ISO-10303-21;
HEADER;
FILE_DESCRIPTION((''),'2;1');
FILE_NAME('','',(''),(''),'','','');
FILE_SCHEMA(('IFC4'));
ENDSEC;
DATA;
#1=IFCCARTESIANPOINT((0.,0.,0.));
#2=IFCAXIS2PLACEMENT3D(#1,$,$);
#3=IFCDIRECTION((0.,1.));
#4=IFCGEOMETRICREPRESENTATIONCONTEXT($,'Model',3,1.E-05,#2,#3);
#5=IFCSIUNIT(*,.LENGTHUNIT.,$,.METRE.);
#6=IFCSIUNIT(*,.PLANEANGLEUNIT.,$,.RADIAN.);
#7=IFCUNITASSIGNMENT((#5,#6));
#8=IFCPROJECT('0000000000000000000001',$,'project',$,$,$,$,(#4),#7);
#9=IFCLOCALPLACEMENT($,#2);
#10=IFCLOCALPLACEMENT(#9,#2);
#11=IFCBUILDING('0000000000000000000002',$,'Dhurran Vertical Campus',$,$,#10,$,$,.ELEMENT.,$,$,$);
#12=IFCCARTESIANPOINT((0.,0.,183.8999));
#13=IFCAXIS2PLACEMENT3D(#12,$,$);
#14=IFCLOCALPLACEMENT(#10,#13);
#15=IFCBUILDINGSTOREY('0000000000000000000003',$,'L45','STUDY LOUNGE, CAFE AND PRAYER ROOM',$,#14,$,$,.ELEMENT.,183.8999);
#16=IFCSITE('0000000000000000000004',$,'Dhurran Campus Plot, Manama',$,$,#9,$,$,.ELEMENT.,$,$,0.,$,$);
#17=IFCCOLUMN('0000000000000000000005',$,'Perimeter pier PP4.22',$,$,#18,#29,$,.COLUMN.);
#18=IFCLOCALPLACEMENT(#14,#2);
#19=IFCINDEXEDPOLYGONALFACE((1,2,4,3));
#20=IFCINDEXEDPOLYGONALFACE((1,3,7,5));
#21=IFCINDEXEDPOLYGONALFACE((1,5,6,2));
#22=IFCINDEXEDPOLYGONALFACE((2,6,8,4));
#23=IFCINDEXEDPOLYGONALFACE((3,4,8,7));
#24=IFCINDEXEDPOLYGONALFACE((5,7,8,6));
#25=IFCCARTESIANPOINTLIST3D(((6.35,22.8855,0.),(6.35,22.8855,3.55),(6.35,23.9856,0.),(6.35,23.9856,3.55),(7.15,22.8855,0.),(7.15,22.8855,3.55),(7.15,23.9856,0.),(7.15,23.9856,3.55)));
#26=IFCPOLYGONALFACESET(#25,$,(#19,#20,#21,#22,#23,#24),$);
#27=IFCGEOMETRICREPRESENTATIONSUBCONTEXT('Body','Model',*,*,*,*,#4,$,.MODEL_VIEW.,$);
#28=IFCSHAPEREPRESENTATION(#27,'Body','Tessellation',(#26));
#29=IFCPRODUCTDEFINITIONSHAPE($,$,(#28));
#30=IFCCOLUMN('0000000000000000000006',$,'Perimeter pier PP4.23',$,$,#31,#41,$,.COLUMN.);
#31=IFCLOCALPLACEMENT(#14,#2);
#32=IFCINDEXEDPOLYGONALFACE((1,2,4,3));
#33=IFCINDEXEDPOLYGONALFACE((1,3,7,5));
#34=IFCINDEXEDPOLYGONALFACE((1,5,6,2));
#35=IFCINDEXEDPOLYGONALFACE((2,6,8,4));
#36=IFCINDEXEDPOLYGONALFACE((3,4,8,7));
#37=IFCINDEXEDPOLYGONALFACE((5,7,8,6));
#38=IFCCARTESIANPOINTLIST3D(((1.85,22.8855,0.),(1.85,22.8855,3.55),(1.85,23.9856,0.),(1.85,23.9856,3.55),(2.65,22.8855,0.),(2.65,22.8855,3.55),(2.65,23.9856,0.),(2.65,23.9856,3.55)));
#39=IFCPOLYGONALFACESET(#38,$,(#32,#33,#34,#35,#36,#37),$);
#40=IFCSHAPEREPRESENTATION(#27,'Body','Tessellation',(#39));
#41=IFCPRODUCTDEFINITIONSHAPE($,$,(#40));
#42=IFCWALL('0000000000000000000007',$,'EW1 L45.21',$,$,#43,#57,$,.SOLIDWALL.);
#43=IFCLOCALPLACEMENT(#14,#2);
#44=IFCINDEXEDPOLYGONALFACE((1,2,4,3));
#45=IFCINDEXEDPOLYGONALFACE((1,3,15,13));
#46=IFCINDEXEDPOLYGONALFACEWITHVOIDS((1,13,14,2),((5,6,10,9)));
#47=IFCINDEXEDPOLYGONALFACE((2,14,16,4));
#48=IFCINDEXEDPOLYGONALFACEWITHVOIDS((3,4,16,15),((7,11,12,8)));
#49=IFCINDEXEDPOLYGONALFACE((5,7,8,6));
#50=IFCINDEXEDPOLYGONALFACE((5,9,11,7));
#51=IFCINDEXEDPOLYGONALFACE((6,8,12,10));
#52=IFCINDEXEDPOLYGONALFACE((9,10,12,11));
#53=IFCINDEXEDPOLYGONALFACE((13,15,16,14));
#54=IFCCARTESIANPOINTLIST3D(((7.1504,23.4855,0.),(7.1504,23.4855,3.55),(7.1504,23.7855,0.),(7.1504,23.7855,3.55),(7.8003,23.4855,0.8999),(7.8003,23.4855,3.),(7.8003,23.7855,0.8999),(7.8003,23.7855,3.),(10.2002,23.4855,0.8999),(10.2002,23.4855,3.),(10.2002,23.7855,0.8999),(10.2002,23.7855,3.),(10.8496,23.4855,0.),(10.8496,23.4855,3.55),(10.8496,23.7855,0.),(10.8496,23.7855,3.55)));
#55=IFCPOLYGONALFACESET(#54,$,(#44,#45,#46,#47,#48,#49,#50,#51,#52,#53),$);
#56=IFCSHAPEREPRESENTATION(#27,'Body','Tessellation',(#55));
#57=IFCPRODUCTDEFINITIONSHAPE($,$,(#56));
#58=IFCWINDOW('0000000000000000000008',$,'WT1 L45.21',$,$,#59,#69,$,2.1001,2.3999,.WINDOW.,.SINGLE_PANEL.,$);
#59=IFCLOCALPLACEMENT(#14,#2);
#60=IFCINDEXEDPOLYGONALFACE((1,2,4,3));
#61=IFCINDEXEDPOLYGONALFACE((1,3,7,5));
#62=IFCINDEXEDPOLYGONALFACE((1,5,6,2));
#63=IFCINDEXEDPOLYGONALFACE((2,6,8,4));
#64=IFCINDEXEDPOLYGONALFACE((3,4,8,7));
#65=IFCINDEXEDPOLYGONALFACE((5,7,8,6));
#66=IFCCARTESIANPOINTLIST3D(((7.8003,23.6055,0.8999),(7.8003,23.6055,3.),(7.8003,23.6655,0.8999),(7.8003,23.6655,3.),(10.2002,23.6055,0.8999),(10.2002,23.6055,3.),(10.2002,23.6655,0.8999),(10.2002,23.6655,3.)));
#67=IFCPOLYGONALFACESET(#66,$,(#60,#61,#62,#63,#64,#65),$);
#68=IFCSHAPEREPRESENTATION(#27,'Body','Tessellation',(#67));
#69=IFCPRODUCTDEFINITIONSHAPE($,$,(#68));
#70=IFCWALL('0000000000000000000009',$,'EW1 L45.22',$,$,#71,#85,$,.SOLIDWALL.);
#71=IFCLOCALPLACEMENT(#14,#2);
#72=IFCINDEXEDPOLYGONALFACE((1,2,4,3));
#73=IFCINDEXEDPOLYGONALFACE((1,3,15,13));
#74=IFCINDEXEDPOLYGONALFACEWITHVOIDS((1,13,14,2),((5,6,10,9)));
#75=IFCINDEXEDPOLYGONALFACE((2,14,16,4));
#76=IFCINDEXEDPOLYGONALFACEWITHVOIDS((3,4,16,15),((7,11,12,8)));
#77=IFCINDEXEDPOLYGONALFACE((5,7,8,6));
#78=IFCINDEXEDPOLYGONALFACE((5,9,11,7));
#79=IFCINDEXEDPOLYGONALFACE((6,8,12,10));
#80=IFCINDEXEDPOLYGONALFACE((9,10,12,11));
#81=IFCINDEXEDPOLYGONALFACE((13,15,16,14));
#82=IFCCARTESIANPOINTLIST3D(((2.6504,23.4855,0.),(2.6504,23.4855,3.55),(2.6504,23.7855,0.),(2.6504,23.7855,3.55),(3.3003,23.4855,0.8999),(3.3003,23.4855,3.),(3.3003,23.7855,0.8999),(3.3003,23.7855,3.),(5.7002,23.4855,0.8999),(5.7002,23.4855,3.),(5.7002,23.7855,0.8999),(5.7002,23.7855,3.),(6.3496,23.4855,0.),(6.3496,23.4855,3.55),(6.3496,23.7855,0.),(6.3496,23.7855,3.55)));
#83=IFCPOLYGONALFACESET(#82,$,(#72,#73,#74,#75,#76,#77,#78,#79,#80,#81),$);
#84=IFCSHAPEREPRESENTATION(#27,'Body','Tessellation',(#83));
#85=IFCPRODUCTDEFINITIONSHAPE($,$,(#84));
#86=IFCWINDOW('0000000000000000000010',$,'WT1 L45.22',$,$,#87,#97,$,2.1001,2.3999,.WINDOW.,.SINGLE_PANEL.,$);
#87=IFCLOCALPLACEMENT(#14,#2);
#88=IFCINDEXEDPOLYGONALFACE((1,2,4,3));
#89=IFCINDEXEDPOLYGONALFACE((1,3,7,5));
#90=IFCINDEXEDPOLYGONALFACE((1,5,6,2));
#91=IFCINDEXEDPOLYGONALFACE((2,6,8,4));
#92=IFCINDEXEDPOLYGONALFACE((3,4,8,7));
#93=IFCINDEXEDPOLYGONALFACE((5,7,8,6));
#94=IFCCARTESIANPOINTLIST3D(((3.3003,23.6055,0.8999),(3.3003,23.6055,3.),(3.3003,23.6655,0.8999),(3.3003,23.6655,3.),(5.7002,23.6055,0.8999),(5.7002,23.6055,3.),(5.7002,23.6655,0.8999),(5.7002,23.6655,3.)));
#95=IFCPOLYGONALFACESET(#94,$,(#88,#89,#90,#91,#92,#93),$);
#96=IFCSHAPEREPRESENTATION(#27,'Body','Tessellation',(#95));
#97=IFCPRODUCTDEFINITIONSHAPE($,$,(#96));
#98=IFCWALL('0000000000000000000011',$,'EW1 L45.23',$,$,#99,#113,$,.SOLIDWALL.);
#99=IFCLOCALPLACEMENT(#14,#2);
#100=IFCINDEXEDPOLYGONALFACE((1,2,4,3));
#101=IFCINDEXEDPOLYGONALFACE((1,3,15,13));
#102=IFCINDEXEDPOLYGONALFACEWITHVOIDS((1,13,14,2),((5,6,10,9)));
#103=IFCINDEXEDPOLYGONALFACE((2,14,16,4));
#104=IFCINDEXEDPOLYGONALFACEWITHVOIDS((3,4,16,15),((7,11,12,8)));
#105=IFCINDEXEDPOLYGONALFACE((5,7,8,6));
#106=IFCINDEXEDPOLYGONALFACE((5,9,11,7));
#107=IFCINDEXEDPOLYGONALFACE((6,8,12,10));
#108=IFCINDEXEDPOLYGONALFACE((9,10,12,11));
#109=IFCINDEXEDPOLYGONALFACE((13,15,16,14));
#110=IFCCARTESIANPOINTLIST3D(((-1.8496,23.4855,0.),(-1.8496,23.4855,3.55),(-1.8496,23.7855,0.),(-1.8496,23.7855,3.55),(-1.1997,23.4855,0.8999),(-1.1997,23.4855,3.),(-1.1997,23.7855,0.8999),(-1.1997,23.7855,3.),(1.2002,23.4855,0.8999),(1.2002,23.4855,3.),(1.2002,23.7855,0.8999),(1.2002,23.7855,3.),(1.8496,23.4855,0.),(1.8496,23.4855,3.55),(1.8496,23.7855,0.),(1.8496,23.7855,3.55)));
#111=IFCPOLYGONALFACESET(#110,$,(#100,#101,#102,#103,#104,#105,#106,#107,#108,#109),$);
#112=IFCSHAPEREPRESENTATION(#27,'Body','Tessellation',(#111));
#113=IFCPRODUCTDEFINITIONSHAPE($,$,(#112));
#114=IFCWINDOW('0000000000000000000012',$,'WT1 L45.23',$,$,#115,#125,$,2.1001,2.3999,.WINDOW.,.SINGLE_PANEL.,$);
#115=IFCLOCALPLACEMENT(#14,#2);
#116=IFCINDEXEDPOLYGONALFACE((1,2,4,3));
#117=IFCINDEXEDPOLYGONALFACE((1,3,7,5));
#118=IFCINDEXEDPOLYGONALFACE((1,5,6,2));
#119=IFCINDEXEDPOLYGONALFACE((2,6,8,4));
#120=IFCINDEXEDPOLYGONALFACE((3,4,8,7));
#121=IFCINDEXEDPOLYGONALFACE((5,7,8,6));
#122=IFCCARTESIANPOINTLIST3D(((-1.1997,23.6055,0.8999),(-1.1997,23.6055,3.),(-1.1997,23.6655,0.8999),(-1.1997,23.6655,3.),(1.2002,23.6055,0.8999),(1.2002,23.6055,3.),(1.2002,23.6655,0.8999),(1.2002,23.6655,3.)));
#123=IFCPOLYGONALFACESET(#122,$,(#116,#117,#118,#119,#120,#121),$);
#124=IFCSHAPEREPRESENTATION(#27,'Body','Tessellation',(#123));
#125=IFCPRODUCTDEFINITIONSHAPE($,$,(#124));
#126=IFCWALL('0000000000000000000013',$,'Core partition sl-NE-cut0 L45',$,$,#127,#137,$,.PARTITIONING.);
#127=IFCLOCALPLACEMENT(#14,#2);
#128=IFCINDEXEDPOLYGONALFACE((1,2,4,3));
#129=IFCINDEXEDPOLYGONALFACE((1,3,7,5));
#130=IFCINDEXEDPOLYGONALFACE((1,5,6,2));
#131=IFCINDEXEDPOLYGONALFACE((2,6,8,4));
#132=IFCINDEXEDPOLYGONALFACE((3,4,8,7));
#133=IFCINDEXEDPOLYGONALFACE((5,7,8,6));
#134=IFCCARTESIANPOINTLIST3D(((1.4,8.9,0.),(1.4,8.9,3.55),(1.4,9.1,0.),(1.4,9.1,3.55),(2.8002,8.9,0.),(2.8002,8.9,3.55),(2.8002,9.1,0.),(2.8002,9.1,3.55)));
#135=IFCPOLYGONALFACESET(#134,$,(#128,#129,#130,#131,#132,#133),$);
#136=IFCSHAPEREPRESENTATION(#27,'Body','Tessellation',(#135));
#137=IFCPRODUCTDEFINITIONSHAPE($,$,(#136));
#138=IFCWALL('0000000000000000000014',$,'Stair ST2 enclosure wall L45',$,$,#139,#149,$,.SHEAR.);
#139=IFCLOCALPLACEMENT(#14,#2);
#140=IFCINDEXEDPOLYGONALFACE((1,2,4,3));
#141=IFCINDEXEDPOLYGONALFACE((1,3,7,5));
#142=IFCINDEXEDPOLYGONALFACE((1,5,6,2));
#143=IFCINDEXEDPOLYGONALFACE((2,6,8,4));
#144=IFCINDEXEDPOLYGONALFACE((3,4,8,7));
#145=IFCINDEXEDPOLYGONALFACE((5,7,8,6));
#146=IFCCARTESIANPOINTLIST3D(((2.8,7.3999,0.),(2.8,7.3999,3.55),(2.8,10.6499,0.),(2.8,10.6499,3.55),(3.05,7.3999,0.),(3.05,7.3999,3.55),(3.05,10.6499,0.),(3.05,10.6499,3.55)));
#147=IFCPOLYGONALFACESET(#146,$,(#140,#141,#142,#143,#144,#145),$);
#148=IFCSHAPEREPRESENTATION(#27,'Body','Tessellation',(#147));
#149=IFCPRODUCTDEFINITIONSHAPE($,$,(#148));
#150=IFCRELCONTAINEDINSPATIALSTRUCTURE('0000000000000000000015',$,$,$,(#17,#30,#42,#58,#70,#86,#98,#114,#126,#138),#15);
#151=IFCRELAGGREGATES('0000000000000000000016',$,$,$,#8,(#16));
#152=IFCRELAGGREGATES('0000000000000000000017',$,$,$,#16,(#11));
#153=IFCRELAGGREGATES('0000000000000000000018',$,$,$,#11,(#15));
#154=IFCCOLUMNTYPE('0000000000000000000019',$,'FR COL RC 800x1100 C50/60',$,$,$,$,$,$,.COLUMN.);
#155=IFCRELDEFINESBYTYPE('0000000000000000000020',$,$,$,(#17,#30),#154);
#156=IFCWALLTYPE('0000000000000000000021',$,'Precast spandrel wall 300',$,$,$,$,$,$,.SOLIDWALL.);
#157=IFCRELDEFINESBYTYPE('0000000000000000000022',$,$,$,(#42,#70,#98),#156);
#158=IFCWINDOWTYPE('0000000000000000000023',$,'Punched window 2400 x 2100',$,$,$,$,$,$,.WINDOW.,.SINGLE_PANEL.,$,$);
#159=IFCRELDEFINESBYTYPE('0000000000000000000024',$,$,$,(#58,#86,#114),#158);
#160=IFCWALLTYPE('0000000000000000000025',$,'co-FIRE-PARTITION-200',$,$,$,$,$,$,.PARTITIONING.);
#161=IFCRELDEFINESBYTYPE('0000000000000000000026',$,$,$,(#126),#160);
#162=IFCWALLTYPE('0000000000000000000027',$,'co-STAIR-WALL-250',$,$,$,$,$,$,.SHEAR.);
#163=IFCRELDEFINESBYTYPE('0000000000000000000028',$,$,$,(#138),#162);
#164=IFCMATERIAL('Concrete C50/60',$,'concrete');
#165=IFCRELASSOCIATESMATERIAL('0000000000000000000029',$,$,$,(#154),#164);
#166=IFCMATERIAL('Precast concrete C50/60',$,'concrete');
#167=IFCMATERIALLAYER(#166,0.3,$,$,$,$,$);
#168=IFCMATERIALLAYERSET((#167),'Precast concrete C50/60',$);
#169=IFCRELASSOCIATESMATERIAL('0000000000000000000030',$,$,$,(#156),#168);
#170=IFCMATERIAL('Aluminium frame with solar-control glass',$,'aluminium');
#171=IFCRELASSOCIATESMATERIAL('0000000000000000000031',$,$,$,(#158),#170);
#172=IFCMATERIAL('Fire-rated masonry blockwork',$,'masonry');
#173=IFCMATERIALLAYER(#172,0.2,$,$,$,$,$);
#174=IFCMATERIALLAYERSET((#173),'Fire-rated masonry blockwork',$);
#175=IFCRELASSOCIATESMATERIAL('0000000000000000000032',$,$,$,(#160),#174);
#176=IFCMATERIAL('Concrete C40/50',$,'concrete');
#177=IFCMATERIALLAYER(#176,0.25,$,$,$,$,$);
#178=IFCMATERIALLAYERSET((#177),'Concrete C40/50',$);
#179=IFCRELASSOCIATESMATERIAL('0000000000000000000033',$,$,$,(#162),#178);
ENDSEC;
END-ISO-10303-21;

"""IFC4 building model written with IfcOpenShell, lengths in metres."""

from ifc_helpers import new_model, si_unit, direction, frame, frame_2d, origin, origin_2d, place, context, subcontext, project, spatial, rectangle, extrude, material, layer, layer_set, material_profile, profile_set, type_object, element, fill, save


model = new_model("IFC4")

# Units and contexts
model_context = context("Model", 3, precision=1e-05, world=origin(), true_north=direction((0.0, 1.0)))
body_context = subcontext(model_context, "Body", "Model", "MODEL_VIEW")
ifc_project = project(units=[si_unit("LENGTHUNIT", "METRE"), si_unit("PLANEANGLEUNIT", "RADIAN")], contexts=[model_context])

# Site, building, storey
site_placement = place(None, origin())
site = spatial("IfcSite", under=ifc_project, at=site_placement, Name="Dhurran Campus Plot, Manama", CompositionType="ELEMENT", RefElevation=0.0)
building_placement = place(site_placement, origin())
building = spatial("IfcBuilding", under=site, at=building_placement, Name="Dhurran Vertical Campus", CompositionType="ELEMENT")
storey_placement = place(building_placement, frame((0.0, 0.0, 183.8999)))
storey = spatial("IfcBuildingStorey", under=building, at=storey_placement, Name="L45", Description="STUDY LOUNGE, CAFE AND PRAYER ROOM", CompositionType="ELEMENT", Elevation=183.8999)

# Columns
ifc_material_1 = material(Name="Concrete C50/60", Category="concrete")
ifc_material_profile = material_profile(ifc_material_1, rectangle(XDim=0.8, YDim=1.1001, at=origin_2d()), Name="RC 800x1100")
ifc_profile_set = profile_set([ifc_material_profile], Name="Concrete C50/60")
column_type = type_object("IfcColumnType", Name="FR COL RC 800x1100 C50/60", PredefinedType="COLUMN", material=ifc_profile_set)
for number, where, z_axis, x_axis, name in (
    (1, (6.75, 23.4355, 0.0), (0.0, 0.0, 1.0), (-1.0, 0.0, 0.0), "Perimeter pier PP4.22"),
    (2, (2.25, 23.4355, 0.0), (0.0, 0.0, 1.0), (-1.0, 0.0, 0.0), "Perimeter pier PP4.23"),
):
    element("IfcColumn", number, at=place(storey_placement, frame(where, z_axis=z_axis, x_axis=x_axis)), inside=storey, type_object=column_type, Name=name, PredefinedType="COLUMN", context=body_context, shape_type="SweptSolid", body=[
        extrude(rectangle(XDim=0.8, YDim=1.1001, at=origin_2d()), origin(), (0.0, 0.0, 1.0), 3.55),
    ])

# Walls, openings, windows
ifc_material_2 = material(Name="Precast concrete C50/60", Category="concrete")
ifc_layer_1 = layer(ifc_material_2, 0.3)
ifc_layer_set_1 = layer_set([ifc_layer_1], Name="Precast concrete C50/60")
wall_type_1 = type_object("IfcWallType", Name="Precast spandrel wall 300", PredefinedType="SOLIDWALL", material=ifc_layer_set_1)
wall_1_placement = place(storey_placement, frame((10.8496, 23.6355, 0.0), z_axis=(0.0, 0.0, 1.0), x_axis=(-1.0, 0.0, 0.0)))
wall_1 = element("IfcWall", 3, at=wall_1_placement, inside=storey, type_object=wall_type_1, Name="EW1 L45.21", PredefinedType="SOLIDWALL", context=body_context, shape_type="SweptSolid", body=[
    extrude(rectangle(XDim=3.6992, YDim=0.3, at=frame_2d((1.8496, 0.0))), origin(), (0.0, 0.0, 1.0), 3.55),
])
opening_1_placement = place(wall_1_placement, frame((0.6494, 0.0, 0.8999)))
opening_1 = element("IfcOpeningElement", 4, at=opening_1_placement, cuts=wall_1, PredefinedType="OPENING", context=body_context, shape_type="SweptSolid", body=[
    extrude(rectangle(XDim=2.3999, YDim=2.1001, at=frame_2d((1.2, 1.05))), frame((0.0, 0.1599, 0.0), z_axis=(0.0, -1.0, 0.0), x_axis=(1.0, 0.0, 0.0)), (0.0, 0.0, 1.0), 0.3201),
])
ifc_material_3 = material(Name="Aluminium frame with solar-control glass", Category="aluminium")
window_type = type_object("IfcWindowType", Name="Punched window 2400 x 2100", PartitioningType="SINGLE_PANEL", PredefinedType="WINDOW", material=ifc_material_3)
window_1_placement = place(opening_1_placement, origin())
window_1 = element("IfcWindow", 5, at=window_1_placement, inside=storey, type_object=window_type, Name="WT1 L45.21", OverallHeight=2.1001, OverallWidth=2.3999, PartitioningType="SINGLE_PANEL", PredefinedType="WINDOW", context=body_context, shape_type="SweptSolid", body=[
    extrude(rectangle(XDim=2.3999, YDim=2.1001, at=frame_2d((1.2, 1.05))), frame((0.0, 0.03, 0.0), z_axis=(0.0, -1.0, 0.0), x_axis=(1.0, 0.0, 0.0)), (0.0, 0.0, 1.0), 0.0601),
])
fill(opening_1, window_1)
wall_2_placement = place(storey_placement, frame((6.3496, 23.6355, 0.0), z_axis=(0.0, 0.0, 1.0), x_axis=(-1.0, 0.0, 0.0)))
wall_2 = element("IfcWall", 6, at=wall_2_placement, inside=storey, type_object=wall_type_1, Name="EW1 L45.22", PredefinedType="SOLIDWALL", context=body_context, shape_type="SweptSolid", body=[
    extrude(rectangle(XDim=3.6992, YDim=0.3, at=frame_2d((1.8496, 0.0))), origin(), (0.0, 0.0, 1.0), 3.55),
])
opening_2_placement = place(wall_2_placement, frame((0.6494, 0.0, 0.8999)))
opening_2 = element("IfcOpeningElement", 7, at=opening_2_placement, cuts=wall_2, PredefinedType="OPENING", context=body_context, shape_type="SweptSolid", body=[
    extrude(rectangle(XDim=2.3999, YDim=2.1001, at=frame_2d((1.2, 1.05))), frame((0.0, 0.1599, 0.0), z_axis=(0.0, -1.0, 0.0), x_axis=(1.0, 0.0, 0.0)), (0.0, 0.0, 1.0), 0.3201),
])
window_2_placement = place(opening_2_placement, origin())
window_2 = element("IfcWindow", 8, at=window_2_placement, inside=storey, type_object=window_type, Name="WT1 L45.22", OverallHeight=2.1001, OverallWidth=2.3999, PartitioningType="SINGLE_PANEL", PredefinedType="WINDOW", context=body_context, shape_type="SweptSolid", body=[
    extrude(rectangle(XDim=2.3999, YDim=2.1001, at=frame_2d((1.2, 1.05))), frame((0.0, 0.03, 0.0), z_axis=(0.0, -1.0, 0.0), x_axis=(1.0, 0.0, 0.0)), (0.0, 0.0, 1.0), 0.0601),
])
fill(opening_2, window_2)
wall_3_placement = place(storey_placement, frame((1.8496, 23.6355, 0.0), z_axis=(0.0, 0.0, 1.0), x_axis=(-1.0, 0.0, 0.0)))
wall_3 = element("IfcWall", 9, at=wall_3_placement, inside=storey, type_object=wall_type_1, Name="EW1 L45.23", PredefinedType="SOLIDWALL", context=body_context, shape_type="SweptSolid", body=[
    extrude(rectangle(XDim=3.6992, YDim=0.3, at=frame_2d((1.8496, 0.0))), origin(), (0.0, 0.0, 1.0), 3.55),
])
opening_3_placement = place(wall_3_placement, frame((0.6494, 0.0, 0.8999)))
opening_3 = element("IfcOpeningElement", 10, at=opening_3_placement, cuts=wall_3, PredefinedType="OPENING", context=body_context, shape_type="SweptSolid", body=[
    extrude(rectangle(XDim=2.3999, YDim=2.1001, at=frame_2d((1.2, 1.05))), frame((0.0, 0.1599, 0.0), z_axis=(0.0, -1.0, 0.0), x_axis=(1.0, 0.0, 0.0)), (0.0, 0.0, 1.0), 0.3201),
])
window_3_placement = place(opening_3_placement, origin())
window_3 = element("IfcWindow", 11, at=window_3_placement, inside=storey, type_object=window_type, Name="WT1 L45.23", OverallHeight=2.1001, OverallWidth=2.3999, PartitioningType="SINGLE_PANEL", PredefinedType="WINDOW", context=body_context, shape_type="SweptSolid", body=[
    extrude(rectangle(XDim=2.3999, YDim=2.1001, at=frame_2d((1.2, 1.05))), frame((0.0, 0.03, 0.0), z_axis=(0.0, -1.0, 0.0), x_axis=(1.0, 0.0, 0.0)), (0.0, 0.0, 1.0), 0.0601),
])
fill(opening_3, window_3)

# Walls
ifc_material_4 = material(Name="Fire-rated masonry blockwork", Category="masonry")
ifc_layer_2 = layer(ifc_material_4, 0.2)
ifc_layer_set_2 = layer_set([ifc_layer_2], Name="Fire-rated masonry blockwork")
wall_type_2 = type_object("IfcWallType", Name="co-FIRE-PARTITION-200", PredefinedType="PARTITIONING", material=ifc_layer_set_2)
wall_4_placement = place(storey_placement, frame((1.3999, 9.0, 0.0), z_axis=(0.0, 0.0, 1.0), x_axis=(1.0, 0.0, 0.0)))
element("IfcWall", 12, at=wall_4_placement, inside=storey, type_object=wall_type_2, Name="Core partition sl-NE-cut0 L45", PredefinedType="PARTITIONING", context=body_context, shape_type="SweptSolid", body=[
    extrude(rectangle(XDim=1.4001, YDim=0.2, at=frame_2d((0.7002, 0.0))), origin(), (0.0, 0.0, 1.0), 3.55),
])
ifc_material_5 = material(Name="Concrete C40/50", Category="concrete")
ifc_layer_3 = layer(ifc_material_5, 0.25)
ifc_layer_set_3 = layer_set([ifc_layer_3], Name="Concrete C40/50")
wall_type_3 = type_object("IfcWallType", Name="co-STAIR-WALL-250", PredefinedType="SHEAR", material=ifc_layer_set_3)
wall_5_placement = place(storey_placement, frame((2.925, 7.3999, 0.0), z_axis=(0.0, 0.0, 1.0), x_axis=(0.0, 1.0, 0.0)))
element("IfcWall", 13, at=wall_5_placement, inside=storey, type_object=wall_type_3, Name="Stair ST2 enclosure wall L45", PredefinedType="SHEAR", context=body_context, shape_type="SweptSolid", body=[
    extrude(rectangle(XDim=3.25, YDim=0.25, at=frame_2d((1.625, 0.0))), origin(), (0.0, 0.0, 1.0), 3.55),
])

save(model, "model.ifc")
